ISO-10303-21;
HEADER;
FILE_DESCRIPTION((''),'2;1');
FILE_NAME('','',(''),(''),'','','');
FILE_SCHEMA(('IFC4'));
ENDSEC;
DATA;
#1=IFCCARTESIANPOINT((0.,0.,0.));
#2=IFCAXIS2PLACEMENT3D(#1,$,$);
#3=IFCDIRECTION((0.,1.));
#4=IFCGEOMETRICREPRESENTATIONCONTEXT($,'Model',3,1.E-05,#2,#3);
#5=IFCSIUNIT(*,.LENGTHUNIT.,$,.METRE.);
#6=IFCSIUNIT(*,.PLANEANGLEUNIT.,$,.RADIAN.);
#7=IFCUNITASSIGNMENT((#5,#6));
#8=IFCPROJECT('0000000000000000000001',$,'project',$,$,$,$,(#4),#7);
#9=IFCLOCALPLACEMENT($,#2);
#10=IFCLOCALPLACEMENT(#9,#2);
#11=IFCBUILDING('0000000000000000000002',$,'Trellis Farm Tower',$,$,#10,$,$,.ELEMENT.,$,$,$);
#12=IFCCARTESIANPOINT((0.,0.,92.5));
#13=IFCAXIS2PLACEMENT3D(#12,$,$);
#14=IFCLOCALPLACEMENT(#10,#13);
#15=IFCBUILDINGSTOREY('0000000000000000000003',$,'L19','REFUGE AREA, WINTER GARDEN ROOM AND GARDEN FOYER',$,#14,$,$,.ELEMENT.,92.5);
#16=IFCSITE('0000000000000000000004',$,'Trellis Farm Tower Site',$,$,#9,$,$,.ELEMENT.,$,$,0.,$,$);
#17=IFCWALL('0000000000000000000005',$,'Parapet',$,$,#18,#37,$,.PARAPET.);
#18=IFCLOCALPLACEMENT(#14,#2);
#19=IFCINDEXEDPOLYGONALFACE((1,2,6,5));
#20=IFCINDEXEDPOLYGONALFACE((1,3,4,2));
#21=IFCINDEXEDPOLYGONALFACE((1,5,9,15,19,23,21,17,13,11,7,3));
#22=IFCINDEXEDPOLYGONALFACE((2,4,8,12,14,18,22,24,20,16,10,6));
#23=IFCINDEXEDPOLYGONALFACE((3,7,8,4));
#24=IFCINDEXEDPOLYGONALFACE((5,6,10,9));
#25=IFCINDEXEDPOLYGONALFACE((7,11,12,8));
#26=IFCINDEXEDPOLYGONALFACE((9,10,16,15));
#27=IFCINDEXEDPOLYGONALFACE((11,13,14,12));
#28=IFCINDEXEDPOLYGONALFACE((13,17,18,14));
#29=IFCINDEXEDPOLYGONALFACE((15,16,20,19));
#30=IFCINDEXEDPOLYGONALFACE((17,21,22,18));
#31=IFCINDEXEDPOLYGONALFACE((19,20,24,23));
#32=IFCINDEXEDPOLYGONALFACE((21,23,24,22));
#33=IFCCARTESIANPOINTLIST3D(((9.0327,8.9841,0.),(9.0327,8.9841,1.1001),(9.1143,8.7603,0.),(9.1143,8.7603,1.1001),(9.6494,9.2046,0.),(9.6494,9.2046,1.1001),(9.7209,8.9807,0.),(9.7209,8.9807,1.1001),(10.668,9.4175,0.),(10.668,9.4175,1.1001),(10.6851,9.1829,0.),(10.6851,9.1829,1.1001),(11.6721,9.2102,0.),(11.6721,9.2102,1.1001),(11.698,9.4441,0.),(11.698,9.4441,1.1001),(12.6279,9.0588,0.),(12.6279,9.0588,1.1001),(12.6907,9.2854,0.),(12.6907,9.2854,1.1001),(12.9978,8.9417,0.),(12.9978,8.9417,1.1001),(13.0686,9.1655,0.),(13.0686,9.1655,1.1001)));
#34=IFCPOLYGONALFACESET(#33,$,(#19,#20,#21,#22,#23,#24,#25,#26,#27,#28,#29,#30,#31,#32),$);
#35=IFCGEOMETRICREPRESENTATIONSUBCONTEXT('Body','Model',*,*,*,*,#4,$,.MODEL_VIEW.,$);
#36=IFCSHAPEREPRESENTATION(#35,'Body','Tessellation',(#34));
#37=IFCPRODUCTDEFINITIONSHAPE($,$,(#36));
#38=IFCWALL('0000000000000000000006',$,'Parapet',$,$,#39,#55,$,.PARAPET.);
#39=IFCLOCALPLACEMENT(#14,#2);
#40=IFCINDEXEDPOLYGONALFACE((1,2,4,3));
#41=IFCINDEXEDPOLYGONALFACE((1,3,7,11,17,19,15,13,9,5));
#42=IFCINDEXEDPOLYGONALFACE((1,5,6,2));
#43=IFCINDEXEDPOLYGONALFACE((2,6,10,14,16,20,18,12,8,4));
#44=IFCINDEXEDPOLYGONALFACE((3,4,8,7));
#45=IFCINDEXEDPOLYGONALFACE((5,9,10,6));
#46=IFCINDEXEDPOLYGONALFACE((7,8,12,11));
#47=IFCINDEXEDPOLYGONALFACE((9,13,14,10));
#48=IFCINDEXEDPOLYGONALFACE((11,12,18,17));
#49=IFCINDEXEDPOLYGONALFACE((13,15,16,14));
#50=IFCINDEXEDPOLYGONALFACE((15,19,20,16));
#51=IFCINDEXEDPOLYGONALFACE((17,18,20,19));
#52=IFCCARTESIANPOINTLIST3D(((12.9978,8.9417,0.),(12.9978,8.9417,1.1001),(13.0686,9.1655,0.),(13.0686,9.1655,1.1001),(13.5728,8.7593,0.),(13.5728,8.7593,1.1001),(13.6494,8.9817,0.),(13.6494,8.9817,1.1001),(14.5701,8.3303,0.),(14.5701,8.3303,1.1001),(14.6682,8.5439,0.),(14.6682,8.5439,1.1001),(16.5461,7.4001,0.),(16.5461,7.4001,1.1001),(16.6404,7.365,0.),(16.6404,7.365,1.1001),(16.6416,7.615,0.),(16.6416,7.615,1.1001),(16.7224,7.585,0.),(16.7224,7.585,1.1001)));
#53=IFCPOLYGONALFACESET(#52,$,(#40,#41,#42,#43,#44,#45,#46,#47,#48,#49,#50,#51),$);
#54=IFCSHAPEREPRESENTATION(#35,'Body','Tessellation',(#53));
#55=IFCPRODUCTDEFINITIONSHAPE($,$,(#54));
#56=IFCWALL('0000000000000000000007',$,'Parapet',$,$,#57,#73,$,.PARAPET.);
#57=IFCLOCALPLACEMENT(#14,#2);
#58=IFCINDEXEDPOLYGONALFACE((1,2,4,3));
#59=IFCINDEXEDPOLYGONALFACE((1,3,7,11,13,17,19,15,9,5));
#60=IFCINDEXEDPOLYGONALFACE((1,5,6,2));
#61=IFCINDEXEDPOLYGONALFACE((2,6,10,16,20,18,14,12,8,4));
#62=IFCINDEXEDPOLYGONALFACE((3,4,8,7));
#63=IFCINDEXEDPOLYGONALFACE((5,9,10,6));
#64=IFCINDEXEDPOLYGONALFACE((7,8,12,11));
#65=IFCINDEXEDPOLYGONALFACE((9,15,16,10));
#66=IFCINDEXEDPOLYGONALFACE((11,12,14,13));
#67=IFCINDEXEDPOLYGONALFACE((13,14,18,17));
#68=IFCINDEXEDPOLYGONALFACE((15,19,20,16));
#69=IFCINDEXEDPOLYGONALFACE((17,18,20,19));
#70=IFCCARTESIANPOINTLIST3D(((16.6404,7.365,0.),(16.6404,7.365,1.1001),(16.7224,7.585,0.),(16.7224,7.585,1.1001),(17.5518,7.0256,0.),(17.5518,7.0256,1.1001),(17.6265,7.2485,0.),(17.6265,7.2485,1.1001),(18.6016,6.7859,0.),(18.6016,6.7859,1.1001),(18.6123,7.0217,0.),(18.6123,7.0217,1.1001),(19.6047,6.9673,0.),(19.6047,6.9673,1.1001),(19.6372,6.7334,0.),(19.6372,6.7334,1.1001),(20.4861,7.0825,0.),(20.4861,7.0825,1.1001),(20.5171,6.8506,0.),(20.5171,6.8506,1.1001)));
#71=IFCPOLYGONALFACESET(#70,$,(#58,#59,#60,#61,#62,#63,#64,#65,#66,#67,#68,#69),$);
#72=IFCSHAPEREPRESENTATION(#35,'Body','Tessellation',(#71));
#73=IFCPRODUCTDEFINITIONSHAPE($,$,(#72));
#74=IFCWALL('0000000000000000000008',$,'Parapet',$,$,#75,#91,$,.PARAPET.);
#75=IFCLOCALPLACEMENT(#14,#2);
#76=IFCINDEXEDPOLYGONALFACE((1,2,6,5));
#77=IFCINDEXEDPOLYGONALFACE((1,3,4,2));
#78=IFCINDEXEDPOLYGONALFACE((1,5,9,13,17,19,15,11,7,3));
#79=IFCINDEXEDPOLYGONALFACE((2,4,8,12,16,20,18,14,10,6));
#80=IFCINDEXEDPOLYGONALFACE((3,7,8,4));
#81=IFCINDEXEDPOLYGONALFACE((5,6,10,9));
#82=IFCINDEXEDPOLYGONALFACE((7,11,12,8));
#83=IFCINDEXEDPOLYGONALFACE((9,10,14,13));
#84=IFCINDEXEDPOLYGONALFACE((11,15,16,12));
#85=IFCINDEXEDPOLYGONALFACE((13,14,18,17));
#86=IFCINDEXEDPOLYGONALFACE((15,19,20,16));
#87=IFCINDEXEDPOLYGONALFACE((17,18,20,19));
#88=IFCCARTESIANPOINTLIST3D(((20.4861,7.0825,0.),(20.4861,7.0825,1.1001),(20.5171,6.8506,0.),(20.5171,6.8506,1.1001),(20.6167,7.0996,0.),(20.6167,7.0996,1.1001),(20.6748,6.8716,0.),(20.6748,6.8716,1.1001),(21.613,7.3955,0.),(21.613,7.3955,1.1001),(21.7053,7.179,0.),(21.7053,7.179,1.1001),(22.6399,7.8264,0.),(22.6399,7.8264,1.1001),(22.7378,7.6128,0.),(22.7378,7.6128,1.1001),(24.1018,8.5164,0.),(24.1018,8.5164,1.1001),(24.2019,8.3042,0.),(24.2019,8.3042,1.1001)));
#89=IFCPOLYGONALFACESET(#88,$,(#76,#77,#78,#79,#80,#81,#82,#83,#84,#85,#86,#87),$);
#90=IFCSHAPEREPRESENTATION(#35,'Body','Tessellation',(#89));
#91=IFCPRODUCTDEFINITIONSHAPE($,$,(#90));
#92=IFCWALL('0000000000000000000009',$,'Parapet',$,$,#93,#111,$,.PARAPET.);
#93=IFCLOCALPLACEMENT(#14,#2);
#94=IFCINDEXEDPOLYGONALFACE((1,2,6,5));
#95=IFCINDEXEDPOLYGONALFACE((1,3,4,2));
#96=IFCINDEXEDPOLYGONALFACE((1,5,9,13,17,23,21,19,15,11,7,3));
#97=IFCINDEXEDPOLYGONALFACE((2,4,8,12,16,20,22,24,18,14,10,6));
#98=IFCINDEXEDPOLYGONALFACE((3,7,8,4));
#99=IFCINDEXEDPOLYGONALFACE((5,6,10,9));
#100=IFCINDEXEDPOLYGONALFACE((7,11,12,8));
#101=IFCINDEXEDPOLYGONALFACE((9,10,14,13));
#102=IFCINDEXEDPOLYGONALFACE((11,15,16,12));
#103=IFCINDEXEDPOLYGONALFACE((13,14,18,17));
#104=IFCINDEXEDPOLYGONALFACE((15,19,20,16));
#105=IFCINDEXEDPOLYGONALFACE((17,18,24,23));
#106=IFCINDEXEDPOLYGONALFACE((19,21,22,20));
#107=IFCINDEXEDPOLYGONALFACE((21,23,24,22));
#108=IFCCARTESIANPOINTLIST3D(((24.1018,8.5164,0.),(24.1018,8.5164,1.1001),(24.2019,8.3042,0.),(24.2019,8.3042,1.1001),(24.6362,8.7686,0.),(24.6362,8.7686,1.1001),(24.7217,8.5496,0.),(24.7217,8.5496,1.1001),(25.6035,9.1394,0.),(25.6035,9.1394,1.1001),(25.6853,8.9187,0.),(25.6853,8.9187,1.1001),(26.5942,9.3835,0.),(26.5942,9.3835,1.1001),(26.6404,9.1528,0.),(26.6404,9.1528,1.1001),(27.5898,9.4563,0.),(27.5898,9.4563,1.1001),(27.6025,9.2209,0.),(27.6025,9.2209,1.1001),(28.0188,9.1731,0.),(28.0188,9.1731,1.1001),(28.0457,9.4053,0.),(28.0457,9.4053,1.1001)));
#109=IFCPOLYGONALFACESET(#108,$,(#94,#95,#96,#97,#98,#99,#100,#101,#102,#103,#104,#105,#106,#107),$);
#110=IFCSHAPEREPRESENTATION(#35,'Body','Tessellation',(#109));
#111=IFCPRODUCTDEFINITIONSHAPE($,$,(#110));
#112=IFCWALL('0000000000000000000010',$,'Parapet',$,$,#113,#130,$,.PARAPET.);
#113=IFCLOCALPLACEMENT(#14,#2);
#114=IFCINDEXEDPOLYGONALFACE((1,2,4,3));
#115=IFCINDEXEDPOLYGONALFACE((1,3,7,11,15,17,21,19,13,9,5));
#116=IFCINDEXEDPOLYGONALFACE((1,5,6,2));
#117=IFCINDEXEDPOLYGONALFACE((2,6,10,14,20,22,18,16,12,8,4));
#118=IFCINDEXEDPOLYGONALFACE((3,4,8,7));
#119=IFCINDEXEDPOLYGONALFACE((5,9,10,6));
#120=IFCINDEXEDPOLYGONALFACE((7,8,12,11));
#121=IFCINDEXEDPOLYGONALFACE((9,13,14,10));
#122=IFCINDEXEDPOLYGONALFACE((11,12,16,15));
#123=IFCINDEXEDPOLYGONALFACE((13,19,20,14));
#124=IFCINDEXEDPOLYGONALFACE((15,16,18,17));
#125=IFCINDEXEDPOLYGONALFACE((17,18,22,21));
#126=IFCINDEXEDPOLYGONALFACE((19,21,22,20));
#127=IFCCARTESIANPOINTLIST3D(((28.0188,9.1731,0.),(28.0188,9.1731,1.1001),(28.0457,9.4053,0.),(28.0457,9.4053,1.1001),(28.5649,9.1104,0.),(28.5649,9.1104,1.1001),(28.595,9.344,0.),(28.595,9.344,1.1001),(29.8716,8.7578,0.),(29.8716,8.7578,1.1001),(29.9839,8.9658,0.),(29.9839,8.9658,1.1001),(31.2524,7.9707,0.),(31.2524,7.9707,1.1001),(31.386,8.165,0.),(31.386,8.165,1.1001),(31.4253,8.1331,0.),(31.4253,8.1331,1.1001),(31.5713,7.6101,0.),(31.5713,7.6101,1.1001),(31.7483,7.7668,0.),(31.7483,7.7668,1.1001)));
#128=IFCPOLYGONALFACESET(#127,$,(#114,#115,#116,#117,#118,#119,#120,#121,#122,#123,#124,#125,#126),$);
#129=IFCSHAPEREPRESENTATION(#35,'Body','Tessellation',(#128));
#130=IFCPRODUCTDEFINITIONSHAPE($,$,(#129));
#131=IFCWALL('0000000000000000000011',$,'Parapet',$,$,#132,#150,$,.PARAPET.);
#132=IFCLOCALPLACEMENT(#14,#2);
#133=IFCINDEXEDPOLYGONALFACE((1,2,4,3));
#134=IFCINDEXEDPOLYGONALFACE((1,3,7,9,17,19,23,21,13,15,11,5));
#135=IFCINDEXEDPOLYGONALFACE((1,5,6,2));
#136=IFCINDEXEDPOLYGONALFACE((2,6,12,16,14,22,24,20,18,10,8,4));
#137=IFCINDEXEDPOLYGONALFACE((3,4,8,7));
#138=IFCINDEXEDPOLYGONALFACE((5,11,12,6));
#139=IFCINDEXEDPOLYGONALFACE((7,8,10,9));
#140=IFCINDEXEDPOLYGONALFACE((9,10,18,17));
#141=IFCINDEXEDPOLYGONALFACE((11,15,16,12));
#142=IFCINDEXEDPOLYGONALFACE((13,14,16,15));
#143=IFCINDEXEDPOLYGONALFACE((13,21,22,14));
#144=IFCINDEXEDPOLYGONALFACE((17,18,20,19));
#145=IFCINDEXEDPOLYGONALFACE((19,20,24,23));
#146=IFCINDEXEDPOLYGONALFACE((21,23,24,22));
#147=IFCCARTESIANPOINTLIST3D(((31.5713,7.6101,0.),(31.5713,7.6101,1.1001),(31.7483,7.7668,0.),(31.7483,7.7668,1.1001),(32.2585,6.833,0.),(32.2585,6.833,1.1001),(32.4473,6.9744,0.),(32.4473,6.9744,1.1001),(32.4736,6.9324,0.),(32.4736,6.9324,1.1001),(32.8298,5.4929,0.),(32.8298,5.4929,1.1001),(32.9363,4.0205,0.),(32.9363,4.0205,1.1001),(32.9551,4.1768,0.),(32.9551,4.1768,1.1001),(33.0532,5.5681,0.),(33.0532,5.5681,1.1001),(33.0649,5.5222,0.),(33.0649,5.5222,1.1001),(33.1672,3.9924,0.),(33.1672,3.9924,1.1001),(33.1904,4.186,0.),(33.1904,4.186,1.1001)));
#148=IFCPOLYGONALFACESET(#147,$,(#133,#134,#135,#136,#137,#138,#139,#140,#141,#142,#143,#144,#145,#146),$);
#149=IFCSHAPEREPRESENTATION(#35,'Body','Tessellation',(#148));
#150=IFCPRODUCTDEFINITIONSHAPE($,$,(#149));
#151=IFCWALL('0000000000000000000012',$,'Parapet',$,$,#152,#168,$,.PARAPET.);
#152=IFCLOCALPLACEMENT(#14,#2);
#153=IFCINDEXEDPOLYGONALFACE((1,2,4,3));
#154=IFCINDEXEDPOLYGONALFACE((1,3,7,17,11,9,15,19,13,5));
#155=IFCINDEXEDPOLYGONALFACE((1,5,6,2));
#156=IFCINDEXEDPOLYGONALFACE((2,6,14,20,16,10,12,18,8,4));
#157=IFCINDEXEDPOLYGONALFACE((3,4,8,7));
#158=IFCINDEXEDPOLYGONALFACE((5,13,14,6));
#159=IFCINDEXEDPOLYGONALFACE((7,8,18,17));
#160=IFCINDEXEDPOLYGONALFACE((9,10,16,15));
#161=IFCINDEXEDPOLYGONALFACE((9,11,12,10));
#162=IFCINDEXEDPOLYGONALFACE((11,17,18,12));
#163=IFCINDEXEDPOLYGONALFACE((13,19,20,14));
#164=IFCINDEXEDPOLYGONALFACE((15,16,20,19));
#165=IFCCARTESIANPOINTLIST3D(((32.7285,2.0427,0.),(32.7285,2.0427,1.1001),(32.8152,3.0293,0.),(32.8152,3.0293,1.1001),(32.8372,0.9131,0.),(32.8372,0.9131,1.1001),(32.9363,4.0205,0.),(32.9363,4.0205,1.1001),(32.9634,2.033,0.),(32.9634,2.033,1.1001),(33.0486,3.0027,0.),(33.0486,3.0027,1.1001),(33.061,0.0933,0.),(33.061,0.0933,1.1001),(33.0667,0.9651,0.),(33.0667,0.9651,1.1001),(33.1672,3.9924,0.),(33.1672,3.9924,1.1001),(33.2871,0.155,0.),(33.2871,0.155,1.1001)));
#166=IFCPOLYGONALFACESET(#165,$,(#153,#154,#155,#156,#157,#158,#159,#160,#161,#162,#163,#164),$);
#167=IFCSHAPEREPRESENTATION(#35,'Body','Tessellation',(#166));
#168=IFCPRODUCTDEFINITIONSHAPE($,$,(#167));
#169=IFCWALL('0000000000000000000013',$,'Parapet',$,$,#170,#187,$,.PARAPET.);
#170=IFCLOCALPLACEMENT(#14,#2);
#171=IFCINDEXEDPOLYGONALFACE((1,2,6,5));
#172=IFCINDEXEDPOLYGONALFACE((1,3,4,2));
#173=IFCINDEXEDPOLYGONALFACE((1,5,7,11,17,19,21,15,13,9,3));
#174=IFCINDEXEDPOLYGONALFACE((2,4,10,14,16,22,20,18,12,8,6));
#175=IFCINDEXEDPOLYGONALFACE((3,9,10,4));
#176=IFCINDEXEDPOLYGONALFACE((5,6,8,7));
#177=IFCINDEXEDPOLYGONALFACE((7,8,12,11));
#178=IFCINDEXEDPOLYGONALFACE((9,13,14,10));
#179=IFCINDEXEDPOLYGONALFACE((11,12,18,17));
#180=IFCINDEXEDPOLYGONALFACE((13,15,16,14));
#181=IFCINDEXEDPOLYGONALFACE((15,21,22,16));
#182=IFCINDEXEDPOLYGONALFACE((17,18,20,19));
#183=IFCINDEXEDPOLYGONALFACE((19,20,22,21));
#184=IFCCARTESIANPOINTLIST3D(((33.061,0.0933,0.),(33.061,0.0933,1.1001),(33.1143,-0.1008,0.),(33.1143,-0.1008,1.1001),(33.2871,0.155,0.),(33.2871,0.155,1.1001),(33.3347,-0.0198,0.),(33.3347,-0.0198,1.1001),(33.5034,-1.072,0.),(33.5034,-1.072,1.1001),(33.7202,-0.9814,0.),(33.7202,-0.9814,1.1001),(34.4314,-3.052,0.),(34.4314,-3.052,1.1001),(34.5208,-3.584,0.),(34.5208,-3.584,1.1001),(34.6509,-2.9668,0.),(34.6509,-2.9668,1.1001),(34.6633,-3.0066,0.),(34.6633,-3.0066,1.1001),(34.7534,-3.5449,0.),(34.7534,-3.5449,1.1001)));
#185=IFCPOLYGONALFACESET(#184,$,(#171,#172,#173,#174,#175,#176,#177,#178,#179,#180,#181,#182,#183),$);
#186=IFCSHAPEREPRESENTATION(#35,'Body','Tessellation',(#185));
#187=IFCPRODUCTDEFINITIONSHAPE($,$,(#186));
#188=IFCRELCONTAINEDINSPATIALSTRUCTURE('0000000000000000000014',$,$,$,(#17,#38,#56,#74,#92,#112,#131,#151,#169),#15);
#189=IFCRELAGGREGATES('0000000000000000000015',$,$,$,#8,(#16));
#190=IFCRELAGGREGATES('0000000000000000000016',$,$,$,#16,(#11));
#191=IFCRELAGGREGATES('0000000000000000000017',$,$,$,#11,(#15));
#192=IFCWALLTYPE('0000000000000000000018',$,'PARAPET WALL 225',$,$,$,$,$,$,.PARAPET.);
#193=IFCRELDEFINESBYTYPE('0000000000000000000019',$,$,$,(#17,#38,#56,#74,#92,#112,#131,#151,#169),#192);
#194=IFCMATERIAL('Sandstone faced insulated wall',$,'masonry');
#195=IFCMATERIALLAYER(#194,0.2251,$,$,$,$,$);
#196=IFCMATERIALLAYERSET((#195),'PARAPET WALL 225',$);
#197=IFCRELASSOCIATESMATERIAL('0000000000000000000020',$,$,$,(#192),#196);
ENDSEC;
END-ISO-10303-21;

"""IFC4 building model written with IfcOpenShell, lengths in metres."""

from ifc_helpers import new_model, si_unit, direction, frame, origin, place, context, subcontext, project, spatial, polyline, outline, extrude, material, layer, layer_set, type_object, element, save


model = new_model("IFC4")

# Units and contexts
model_context = context("Model", 3, precision=1e-05, world=origin(), true_north=direction((0.0, 1.0)))
body_context = subcontext(model_context, "Body", "Model", "MODEL_VIEW")
ifc_project = project(units=[si_unit("LENGTHUNIT", "METRE"), si_unit("PLANEANGLEUNIT", "RADIAN")], contexts=[model_context])

# Site, building, storey
site_placement = place(None, origin())
site = spatial("IfcSite", under=ifc_project, at=site_placement, Name="Trellis Farm Tower Site", CompositionType="ELEMENT", RefElevation=0.0)
building_placement = place(site_placement, origin())
building = spatial("IfcBuilding", under=site, at=building_placement, Name="Trellis Farm Tower", CompositionType="ELEMENT")
storey_placement = place(building_placement, frame((0.0, 0.0, 92.5)))
storey = spatial("IfcBuildingStorey", under=building, at=storey_placement, Name="L19", Description="REFUGE AREA, WINTER GARDEN ROOM AND GARDEN FOYER", CompositionType="ELEMENT", Elevation=92.5)

# Walls
ifc_material = material(Name="Sandstone faced insulated wall", Category="masonry")
ifc_layer = layer(ifc_material, 0.2251)
ifc_layer_set = layer_set([ifc_layer], Name="PARAPET WALL 225")
wall_type = type_object("IfcWallType", Name="PARAPET WALL 225", PredefinedType="PARAPET", material=ifc_layer_set)
placement = place(storey_placement, origin())
element("IfcWall", 1, at=placement, inside=storey, type_object=wall_type, Name="Parapet", PredefinedType="PARAPET", context=body_context, shape_type="SweptSolid", body=[
    extrude(outline(polyline([(9.0327, 8.9841), (9.6494, 9.2046), (10.668, 9.4175), (11.698, 9.4441), (12.6907, 9.2854), (13.0686, 9.1655), (12.9978, 8.9417), (12.6279, 9.0588), (11.6721, 9.2102), (10.6851, 9.1829), (9.7209, 8.9807), (9.1143, 8.7603), (9.0327, 8.9841)])), origin(), (0.0, 0.0, 1.0), 1.1001),
])
element("IfcWall", 2, at=placement, inside=storey, type_object=wall_type, Name="Parapet", PredefinedType="PARAPET", context=body_context, shape_type="SweptSolid", body=[
    extrude(outline(polyline([(13.0686, 9.1655), (13.6494, 8.9817), (14.6682, 8.5439), (16.6416, 7.615), (16.7224, 7.585), (16.6404, 7.365), (16.5461, 7.4001), (14.5701, 8.3303), (13.5728, 8.7593), (12.9978, 8.9417), (13.0686, 9.1655)])), origin(), (0.0, 0.0, 1.0), 1.1001),
])
element("IfcWall", 3, at=placement, inside=storey, type_object=wall_type, Name="Parapet", PredefinedType="PARAPET", context=body_context, shape_type="SweptSolid", body=[
    extrude(outline(polyline([(16.7224, 7.585), (17.6265, 7.2485), (18.6123, 7.0217), (19.6047, 6.9673), (20.4861, 7.0825), (20.5171, 6.8506), (19.6372, 6.7334), (18.6016, 6.7859), (17.5518, 7.0256), (16.6404, 7.365), (16.7224, 7.585)])), origin(), (0.0, 0.0, 1.0), 1.1001),
])
element("IfcWall", 4, at=placement, inside=storey, type_object=wall_type, Name="Parapet", PredefinedType="PARAPET", context=body_context, shape_type="SweptSolid", body=[
    extrude(outline(polyline([(20.4861, 7.0825), (20.6167, 7.0996), (21.613, 7.3955), (22.6399, 7.8264), (24.1018, 8.5164), (24.2019, 8.3042), (22.7378, 7.6128), (21.7053, 7.179), (20.6748, 6.8716), (20.5171, 6.8506), (20.4861, 7.0825)])), origin(), (0.0, 0.0, 1.0), 1.1001),
])
element("IfcWall", 5, at=placement, inside=storey, type_object=wall_type, Name="Parapet", PredefinedType="PARAPET", context=body_context, shape_type="SweptSolid", body=[
    extrude(outline(polyline([(24.1018, 8.5164), (24.6362, 8.7686), (25.6035, 9.1394), (26.5942, 9.3835), (27.5898, 9.4563), (28.0457, 9.4053), (28.0188, 9.1731), (27.6025, 9.2209), (26.6404, 9.1528), (25.6853, 8.9187), (24.7217, 8.5496), (24.2019, 8.3042), (24.1018, 8.5164)])), origin(), (0.0, 0.0, 1.0), 1.1001),
])
element("IfcWall", 6, at=placement, inside=storey, type_object=wall_type, Name="Parapet", PredefinedType="PARAPET", context=body_context, shape_type="SweptSolid", body=[
    extrude(outline(polyline([(28.0457, 9.4053), (28.595, 9.344), (29.9839, 8.9658), (31.386, 8.165), (31.4253, 8.1331), (31.7483, 7.7668), (31.5713, 7.6101), (31.2524, 7.9707), (29.8716, 8.7578), (28.5649, 9.1104), (28.0188, 9.1731), (28.0457, 9.4053)])), origin(), (0.0, 0.0, 1.0), 1.1001),
])
element("IfcWall", 7, at=placement, inside=storey, type_object=wall_type, Name="Parapet", PredefinedType="PARAPET", context=body_context, shape_type="SweptSolid", body=[
    extrude(outline(polyline([(31.7483, 7.7668), (32.4473, 6.9744), (32.4736, 6.9324), (33.0532, 5.5681), (33.0649, 5.5222), (33.1904, 4.186), (33.1672, 3.9924), (32.9363, 4.0205), (32.9551, 4.1768), (32.8298, 5.4929), (32.2585, 6.833), (31.5713, 7.6101), (31.7483, 7.7668)])), origin(), (0.0, 0.0, 1.0), 1.1001),
])
element("IfcWall", 8, at=placement, inside=storey, type_object=wall_type, Name="Parapet", PredefinedType="PARAPET", context=body_context, shape_type="SweptSolid", body=[
    extrude(outline(polyline([(33.1672, 3.9924), (33.0486, 3.0027), (32.9634, 2.033), (33.0667, 0.9651), (33.2871, 0.155), (33.061, 0.0933), (32.8372, 0.9131), (32.7285, 2.0427), (32.8152, 3.0293), (32.9363, 4.0205), (33.1672, 3.9924)])), origin(), (0.0, 0.0, 1.0), 1.1001),
])
element("IfcWall", 9, at=placement, inside=storey, type_object=wall_type, Name="Parapet", PredefinedType="PARAPET", context=body_context, shape_type="SweptSolid", body=[
    extrude(outline(polyline([(33.2871, 0.155), (33.3347, -0.0198), (33.7202, -0.9814), (34.6509, -2.9668), (34.6633, -3.0066), (34.7534, -3.5449), (34.5208, -3.584), (34.4314, -3.052), (33.5034, -1.072), (33.1143, -0.1008), (33.061, 0.0933), (33.2871, 0.155)])), origin(), (0.0, 0.0, 1.0), 1.1001),
])

save(model, "model.ifc")
